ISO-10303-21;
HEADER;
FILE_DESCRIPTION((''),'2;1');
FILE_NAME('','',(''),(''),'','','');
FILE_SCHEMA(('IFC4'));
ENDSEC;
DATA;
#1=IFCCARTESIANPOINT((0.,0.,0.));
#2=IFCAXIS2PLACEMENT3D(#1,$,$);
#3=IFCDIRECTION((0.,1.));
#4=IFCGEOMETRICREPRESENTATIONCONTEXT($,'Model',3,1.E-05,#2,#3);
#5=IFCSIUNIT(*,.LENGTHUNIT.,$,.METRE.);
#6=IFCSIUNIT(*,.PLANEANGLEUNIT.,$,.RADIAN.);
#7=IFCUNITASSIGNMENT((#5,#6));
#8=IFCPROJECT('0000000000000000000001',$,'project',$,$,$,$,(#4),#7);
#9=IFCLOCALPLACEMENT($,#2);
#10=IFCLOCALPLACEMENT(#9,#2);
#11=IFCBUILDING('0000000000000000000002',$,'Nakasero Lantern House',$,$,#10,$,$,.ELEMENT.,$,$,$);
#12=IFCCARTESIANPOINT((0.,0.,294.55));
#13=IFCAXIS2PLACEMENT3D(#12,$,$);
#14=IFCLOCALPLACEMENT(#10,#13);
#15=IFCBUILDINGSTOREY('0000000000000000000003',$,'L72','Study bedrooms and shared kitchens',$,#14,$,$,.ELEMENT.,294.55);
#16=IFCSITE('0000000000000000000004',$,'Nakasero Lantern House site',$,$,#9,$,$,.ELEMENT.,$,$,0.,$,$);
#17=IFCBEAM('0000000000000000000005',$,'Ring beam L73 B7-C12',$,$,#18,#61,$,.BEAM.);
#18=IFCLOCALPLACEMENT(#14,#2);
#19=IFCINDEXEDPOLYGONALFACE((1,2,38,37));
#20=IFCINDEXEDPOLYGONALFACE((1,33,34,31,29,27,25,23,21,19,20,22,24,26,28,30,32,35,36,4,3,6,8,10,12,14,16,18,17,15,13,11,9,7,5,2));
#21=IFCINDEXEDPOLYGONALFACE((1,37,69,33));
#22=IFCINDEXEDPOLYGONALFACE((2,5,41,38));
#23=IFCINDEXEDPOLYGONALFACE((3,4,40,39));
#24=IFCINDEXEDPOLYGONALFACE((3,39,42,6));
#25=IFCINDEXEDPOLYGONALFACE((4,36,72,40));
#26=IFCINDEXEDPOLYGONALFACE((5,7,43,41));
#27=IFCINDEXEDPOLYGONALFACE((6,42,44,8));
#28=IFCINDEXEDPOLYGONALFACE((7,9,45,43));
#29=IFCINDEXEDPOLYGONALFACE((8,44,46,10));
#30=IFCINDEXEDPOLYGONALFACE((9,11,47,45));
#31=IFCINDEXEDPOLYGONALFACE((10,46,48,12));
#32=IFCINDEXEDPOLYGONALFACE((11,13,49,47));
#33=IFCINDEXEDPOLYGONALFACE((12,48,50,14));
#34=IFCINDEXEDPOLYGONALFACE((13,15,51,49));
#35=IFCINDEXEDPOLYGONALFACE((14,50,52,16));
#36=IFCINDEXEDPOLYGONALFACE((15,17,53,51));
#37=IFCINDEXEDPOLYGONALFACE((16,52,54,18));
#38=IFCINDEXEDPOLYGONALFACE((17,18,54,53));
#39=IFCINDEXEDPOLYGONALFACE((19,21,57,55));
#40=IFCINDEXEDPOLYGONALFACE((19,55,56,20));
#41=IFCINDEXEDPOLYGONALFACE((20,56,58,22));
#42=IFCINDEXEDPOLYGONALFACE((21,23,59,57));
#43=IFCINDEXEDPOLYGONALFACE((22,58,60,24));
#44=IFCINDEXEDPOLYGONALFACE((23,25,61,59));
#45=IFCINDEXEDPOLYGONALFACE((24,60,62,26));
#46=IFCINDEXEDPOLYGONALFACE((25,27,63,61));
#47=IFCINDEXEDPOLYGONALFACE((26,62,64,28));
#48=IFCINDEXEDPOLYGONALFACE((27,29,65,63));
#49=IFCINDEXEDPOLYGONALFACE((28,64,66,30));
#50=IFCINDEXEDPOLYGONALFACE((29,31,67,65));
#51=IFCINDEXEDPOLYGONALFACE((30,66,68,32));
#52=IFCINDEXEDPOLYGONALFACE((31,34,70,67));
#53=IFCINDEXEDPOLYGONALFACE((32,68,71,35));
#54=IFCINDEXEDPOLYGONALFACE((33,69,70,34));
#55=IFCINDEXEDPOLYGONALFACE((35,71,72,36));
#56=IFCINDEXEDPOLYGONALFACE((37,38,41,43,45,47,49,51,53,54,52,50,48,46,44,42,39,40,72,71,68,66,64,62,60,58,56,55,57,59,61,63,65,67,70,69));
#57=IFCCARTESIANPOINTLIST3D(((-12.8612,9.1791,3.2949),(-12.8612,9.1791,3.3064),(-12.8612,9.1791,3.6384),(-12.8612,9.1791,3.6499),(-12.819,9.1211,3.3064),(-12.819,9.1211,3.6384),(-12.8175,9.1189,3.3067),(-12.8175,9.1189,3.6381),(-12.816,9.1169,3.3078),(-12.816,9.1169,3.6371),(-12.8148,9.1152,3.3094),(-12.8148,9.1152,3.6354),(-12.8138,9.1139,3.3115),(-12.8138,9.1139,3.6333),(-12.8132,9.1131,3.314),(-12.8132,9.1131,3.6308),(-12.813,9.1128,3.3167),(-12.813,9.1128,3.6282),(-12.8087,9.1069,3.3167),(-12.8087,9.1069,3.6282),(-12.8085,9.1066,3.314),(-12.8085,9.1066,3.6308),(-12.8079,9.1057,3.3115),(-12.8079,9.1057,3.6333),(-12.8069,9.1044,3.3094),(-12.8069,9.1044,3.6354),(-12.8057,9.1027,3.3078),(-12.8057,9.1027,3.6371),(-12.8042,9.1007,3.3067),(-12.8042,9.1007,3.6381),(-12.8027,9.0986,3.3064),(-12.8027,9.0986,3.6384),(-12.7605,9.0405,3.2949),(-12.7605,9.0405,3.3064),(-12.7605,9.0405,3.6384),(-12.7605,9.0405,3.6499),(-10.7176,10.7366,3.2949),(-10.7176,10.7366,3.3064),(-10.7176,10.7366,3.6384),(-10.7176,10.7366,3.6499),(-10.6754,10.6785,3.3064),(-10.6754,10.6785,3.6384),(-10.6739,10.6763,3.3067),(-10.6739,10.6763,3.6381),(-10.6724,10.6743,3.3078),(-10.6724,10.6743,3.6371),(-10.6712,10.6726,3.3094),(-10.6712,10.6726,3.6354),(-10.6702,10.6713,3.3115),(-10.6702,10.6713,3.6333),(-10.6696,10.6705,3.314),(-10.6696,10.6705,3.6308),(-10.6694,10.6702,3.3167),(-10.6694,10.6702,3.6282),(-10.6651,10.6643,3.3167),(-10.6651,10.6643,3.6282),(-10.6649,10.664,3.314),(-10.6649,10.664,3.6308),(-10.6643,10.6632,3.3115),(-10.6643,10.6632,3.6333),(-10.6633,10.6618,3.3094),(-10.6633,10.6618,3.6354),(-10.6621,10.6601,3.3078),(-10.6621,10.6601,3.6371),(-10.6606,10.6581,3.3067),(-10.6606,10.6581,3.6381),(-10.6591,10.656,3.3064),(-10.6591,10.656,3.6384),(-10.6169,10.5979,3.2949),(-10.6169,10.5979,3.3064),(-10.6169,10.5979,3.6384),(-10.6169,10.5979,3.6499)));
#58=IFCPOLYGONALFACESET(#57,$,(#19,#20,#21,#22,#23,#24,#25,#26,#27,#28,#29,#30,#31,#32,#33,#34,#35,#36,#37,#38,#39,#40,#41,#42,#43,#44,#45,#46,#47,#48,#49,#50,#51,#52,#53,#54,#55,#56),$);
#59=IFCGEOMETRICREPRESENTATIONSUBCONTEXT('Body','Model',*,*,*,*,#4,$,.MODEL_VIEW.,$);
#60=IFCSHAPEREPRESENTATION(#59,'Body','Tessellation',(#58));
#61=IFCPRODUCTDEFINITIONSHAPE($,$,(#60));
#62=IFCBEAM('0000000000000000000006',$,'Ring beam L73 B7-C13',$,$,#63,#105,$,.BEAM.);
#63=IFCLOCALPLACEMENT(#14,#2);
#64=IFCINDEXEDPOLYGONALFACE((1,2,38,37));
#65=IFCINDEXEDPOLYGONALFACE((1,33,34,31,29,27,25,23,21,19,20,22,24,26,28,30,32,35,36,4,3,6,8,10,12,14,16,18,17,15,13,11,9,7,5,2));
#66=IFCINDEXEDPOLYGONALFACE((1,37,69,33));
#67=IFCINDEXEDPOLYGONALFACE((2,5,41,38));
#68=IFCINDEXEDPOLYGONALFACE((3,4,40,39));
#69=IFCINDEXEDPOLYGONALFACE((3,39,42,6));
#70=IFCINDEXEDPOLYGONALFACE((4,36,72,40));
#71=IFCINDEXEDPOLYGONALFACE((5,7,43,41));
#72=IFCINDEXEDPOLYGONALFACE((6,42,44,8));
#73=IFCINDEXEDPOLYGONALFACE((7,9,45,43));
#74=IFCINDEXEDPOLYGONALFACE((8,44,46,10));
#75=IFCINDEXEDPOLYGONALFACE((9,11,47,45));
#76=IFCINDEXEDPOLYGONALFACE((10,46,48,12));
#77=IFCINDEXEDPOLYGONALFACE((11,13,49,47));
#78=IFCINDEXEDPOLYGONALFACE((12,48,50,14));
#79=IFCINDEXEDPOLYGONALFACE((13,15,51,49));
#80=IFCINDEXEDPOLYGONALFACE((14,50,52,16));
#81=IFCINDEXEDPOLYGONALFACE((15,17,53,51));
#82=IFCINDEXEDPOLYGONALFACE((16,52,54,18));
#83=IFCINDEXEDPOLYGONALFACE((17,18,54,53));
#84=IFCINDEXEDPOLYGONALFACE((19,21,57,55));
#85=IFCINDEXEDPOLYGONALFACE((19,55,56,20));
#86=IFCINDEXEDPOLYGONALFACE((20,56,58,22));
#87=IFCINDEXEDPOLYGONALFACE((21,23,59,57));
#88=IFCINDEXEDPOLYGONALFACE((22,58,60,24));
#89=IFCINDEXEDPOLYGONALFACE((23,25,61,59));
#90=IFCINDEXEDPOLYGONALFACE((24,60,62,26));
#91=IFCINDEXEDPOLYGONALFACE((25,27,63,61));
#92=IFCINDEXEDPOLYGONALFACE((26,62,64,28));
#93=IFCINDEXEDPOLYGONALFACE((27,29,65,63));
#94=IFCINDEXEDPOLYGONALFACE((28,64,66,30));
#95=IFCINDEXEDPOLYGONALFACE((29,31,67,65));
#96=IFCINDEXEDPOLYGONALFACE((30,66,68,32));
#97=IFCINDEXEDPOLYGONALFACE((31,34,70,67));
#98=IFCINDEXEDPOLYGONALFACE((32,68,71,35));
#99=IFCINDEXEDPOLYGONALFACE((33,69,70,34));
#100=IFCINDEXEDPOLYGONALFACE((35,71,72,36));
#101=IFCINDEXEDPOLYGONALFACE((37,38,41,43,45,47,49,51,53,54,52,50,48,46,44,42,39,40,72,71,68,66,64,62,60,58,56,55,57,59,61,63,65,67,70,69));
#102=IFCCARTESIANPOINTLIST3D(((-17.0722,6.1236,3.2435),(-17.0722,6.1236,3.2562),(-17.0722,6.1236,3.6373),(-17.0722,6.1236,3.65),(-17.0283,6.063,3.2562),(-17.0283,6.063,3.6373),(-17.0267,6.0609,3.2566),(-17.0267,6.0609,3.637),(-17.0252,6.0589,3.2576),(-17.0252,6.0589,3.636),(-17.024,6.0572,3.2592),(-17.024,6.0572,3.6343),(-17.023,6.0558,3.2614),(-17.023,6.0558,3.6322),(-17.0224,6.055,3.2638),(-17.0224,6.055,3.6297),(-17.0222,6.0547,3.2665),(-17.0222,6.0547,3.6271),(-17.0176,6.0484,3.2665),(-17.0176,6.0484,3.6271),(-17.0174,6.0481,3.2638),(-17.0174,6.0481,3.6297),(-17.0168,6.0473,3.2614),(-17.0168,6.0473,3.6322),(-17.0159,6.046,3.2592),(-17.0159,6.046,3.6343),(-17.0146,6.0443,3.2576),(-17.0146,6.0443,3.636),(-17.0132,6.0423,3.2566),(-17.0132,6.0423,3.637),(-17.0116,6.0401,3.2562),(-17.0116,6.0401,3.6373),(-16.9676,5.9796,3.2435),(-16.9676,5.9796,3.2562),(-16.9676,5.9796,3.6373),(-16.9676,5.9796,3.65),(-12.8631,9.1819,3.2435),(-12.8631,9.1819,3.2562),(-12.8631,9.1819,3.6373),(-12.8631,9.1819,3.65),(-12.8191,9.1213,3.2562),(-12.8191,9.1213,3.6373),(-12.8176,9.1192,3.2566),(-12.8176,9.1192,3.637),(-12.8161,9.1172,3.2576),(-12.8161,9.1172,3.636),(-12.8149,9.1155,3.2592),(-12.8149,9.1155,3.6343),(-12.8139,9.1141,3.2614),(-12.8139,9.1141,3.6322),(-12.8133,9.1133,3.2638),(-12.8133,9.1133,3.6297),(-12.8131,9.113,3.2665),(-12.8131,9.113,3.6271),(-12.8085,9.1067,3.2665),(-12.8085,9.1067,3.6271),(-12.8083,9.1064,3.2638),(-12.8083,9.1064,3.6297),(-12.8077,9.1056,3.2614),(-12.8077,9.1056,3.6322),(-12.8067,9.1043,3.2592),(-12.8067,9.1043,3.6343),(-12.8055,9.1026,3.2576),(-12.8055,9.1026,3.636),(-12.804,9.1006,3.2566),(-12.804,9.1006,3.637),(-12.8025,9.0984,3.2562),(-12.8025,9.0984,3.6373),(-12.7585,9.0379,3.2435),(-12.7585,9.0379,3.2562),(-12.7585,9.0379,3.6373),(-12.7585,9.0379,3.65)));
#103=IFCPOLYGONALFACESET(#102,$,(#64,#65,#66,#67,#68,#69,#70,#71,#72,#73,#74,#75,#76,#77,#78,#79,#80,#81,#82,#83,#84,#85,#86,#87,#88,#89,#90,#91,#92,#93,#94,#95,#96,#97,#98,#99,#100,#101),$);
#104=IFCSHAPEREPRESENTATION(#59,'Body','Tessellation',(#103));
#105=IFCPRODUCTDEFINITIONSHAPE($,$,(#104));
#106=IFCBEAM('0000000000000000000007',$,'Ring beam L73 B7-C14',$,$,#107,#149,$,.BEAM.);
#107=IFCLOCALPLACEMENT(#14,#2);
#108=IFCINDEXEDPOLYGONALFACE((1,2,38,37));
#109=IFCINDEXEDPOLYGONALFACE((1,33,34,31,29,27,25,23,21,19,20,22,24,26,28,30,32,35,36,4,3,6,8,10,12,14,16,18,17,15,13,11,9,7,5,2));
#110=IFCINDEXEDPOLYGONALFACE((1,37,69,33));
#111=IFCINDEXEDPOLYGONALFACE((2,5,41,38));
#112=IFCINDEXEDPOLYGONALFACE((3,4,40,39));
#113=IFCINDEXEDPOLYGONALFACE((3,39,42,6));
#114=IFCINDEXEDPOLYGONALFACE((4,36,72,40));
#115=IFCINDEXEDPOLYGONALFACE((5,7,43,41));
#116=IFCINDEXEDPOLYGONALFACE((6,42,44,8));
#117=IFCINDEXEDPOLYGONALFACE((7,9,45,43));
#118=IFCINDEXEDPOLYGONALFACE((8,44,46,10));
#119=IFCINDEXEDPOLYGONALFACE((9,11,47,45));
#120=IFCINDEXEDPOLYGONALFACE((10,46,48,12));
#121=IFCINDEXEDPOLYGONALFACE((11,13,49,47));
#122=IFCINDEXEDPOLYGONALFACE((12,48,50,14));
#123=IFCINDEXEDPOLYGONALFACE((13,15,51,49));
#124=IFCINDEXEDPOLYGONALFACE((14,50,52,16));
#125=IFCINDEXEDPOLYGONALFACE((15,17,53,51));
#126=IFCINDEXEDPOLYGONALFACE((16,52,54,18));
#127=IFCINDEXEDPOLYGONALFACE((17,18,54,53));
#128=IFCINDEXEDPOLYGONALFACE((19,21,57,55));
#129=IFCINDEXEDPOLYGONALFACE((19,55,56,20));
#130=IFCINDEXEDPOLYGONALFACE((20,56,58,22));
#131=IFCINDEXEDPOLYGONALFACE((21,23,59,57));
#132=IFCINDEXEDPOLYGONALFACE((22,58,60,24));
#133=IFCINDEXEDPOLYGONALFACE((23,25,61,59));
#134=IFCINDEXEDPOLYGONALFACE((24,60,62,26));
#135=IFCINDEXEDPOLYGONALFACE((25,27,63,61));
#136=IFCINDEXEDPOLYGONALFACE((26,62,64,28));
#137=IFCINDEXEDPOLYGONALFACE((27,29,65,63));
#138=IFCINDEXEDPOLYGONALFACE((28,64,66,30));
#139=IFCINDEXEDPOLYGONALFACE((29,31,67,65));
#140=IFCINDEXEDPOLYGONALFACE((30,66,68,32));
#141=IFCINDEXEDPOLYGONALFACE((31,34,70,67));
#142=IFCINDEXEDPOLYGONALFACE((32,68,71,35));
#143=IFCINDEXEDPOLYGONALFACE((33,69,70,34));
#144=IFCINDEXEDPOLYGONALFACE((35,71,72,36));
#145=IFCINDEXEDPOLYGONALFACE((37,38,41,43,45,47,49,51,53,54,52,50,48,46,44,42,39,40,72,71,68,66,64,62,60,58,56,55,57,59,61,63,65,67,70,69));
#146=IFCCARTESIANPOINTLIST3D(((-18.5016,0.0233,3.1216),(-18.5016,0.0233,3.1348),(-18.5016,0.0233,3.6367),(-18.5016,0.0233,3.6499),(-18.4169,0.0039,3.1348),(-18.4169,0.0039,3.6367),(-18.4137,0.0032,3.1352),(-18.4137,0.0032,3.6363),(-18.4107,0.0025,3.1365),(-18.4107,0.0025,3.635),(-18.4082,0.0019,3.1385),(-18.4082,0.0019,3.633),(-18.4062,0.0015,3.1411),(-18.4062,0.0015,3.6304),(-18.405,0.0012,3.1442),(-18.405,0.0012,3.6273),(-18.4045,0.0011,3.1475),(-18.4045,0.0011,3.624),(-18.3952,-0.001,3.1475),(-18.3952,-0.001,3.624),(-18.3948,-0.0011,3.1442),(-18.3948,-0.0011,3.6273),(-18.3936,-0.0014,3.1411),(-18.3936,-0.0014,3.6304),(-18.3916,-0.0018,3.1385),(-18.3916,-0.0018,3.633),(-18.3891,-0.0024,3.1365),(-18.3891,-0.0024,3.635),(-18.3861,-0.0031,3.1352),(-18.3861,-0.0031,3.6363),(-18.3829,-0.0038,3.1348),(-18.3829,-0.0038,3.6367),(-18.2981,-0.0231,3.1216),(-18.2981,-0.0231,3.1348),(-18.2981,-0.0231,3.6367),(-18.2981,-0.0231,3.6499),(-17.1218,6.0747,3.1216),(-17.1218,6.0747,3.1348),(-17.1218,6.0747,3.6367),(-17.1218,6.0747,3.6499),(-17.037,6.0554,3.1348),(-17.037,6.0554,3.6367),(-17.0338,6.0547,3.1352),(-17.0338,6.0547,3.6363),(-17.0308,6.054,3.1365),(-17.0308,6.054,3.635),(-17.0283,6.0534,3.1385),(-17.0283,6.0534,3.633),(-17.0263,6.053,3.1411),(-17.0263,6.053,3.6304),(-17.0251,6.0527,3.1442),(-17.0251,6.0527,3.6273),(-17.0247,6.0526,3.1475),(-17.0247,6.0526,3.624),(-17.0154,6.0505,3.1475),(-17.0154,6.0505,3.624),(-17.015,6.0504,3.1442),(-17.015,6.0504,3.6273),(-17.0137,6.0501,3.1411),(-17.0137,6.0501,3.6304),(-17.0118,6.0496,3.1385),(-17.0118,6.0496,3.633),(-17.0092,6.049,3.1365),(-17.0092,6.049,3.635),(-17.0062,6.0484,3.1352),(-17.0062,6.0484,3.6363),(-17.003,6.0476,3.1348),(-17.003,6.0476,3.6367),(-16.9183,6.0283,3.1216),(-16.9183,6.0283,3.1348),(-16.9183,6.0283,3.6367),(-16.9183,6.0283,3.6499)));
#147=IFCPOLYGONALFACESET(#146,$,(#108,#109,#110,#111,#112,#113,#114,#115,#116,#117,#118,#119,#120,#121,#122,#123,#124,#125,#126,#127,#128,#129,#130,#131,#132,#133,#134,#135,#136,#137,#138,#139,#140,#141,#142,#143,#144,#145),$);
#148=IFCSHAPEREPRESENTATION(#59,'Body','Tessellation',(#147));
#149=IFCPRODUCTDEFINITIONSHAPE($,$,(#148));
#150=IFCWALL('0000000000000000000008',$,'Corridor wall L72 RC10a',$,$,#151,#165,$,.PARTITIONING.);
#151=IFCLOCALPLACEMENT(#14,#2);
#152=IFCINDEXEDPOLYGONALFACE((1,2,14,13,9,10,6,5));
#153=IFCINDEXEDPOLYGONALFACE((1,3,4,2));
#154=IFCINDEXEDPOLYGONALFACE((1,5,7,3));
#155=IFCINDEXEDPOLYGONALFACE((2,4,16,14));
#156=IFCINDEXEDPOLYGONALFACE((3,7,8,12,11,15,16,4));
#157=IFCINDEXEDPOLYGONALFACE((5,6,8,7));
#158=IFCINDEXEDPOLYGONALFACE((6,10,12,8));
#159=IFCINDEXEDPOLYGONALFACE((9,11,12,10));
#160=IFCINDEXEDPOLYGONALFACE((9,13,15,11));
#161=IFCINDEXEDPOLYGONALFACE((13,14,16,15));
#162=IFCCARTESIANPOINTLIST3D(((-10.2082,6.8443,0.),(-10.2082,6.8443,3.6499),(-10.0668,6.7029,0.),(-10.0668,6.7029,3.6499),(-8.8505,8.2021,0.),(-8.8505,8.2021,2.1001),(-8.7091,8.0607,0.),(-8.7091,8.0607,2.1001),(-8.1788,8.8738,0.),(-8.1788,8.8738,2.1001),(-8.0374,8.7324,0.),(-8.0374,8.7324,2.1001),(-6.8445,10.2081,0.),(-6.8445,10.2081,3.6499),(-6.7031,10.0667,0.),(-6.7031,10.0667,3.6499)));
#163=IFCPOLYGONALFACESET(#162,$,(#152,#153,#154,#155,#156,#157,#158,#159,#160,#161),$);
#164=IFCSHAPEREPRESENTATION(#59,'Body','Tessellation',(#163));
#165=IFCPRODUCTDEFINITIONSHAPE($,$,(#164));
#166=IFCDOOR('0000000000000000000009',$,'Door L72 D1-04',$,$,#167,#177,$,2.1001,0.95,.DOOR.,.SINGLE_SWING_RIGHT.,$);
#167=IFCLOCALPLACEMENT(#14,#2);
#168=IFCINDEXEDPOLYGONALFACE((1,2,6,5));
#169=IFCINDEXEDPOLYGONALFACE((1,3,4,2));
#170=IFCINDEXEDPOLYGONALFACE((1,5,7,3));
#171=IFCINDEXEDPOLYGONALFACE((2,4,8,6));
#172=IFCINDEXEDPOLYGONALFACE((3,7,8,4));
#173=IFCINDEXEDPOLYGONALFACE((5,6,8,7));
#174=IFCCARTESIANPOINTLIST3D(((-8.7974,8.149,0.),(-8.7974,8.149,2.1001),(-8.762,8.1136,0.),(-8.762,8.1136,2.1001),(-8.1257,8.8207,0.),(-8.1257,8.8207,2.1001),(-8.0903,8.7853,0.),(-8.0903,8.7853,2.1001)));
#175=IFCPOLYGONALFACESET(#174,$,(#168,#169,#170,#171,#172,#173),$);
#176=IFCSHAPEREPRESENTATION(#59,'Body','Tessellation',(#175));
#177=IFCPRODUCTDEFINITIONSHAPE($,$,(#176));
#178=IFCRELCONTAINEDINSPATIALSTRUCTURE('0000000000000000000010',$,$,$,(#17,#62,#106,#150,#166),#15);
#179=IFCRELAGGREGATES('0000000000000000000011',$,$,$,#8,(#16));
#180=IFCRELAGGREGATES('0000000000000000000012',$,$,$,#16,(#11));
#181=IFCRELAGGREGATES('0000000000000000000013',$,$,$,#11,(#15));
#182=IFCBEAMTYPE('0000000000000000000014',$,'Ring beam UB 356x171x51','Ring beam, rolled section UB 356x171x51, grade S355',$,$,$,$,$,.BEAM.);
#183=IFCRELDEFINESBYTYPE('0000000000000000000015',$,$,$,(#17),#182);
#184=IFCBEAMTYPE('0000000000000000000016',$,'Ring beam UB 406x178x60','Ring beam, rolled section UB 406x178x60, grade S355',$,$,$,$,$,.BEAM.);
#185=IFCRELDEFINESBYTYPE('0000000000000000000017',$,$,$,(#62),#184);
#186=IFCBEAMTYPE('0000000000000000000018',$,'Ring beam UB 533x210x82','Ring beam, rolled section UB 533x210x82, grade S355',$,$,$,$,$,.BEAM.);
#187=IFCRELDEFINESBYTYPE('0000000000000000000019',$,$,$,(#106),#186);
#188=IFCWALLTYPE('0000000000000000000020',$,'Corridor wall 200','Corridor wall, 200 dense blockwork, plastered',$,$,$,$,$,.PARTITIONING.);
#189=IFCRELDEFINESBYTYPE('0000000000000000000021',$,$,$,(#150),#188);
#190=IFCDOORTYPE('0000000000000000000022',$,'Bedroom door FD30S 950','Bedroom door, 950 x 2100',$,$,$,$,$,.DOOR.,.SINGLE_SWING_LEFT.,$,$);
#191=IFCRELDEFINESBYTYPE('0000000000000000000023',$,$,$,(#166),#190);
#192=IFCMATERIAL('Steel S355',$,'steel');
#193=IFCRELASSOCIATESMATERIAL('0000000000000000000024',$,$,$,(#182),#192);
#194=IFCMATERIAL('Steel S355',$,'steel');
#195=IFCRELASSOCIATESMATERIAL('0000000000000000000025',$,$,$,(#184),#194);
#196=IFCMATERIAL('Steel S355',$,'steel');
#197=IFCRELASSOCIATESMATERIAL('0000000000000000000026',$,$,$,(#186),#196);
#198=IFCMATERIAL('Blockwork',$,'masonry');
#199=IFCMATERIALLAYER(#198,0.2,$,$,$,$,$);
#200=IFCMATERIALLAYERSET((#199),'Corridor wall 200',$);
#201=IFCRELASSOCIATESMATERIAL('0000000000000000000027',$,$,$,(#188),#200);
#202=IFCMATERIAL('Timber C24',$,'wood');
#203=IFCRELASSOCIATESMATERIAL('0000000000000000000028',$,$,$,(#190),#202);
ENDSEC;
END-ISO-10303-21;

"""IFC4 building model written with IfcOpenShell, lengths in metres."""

from ifc_helpers import new_model, si_unit, direction, frame, frame_2d, origin, origin_2d, place, context, subcontext, project, spatial, rectangle, i_section, extrude, material, layer, layer_set, material_profile, profile_set, type_object, element, fill, save


model = new_model("IFC4")

# Units and contexts
model_context = context("Model", 3, precision=1e-05, world=origin(), true_north=direction((0.0, 1.0)))
body_context = subcontext(model_context, "Body", "Model", "MODEL_VIEW")
ifc_project = project(units=[si_unit("LENGTHUNIT", "METRE"), si_unit("PLANEANGLEUNIT", "RADIAN")], contexts=[model_context])

# Site, building, storey
site_placement = place(None, origin())
site = spatial("IfcSite", under=ifc_project, at=site_placement, Name="Nakasero Lantern House site", CompositionType="ELEMENT", RefElevation=0.0)
building_placement = place(site_placement, origin())
building = spatial("IfcBuilding", under=site, at=building_placement, Name="Nakasero Lantern House", CompositionType="ELEMENT")
storey_placement = place(building_placement, frame((0.0, 0.0, 294.55)))
storey = spatial("IfcBuildingStorey", under=building, at=storey_placement, Name="L72", Description="Study bedrooms and shared kitchens", CompositionType="ELEMENT", Elevation=294.55)

# Beams
ifc_material_1 = material(Name="Steel S355", Category="steel")
ifc_material_profile_1 = material_profile(ifc_material_1, i_section(OverallWidth=0.1714, OverallDepth=0.355, WebThickness=0.0073, FlangeThickness=0.0115, FilletRadius=0.0103, at=origin_2d()), Name="UB 356x171x51")
ifc_profile_set_1 = profile_set([ifc_material_profile_1], Name="Steel S355")
beam_type_1 = type_object("IfcBeamType", Name="Ring beam UB 356x171x51", Description="Ring beam, rolled section UB 356x171x51, grade S355", PredefinedType="BEAM", material=ifc_profile_set_1)
beam_1_placement = place(storey_placement, frame((-10.6672, 10.6672, 3.4724), z_axis=(-0.809019, -0.587783, 0.0), x_axis=(0.587783, -0.809019, 0.0)))
element("IfcBeam", 1, at=beam_1_placement, inside=storey, type_object=beam_type_1, Name="Ring beam L73 B7-C12", PredefinedType="BEAM", context=body_context, shape_type="SweptSolid", body=[
    extrude(i_section(OverallWidth=0.1714, OverallDepth=0.355, WebThickness=0.0073, FlangeThickness=0.0115, FilletRadius=0.0103, at=origin_2d()), origin(), (0.0, 0.0, 1.0), 2.6497),
])
ifc_material_2 = material(Name="Steel S355", Category="steel")
ifc_material_profile_2 = material_profile(ifc_material_2, i_section(OverallWidth=0.178, OverallDepth=0.4065, WebThickness=0.0078, FlangeThickness=0.0127, FilletRadius=0.0103, at=origin_2d()), Name="UB 406x178x60")
ifc_profile_set_2 = profile_set([ifc_material_profile_2], Name="Steel S355")
beam_type_2 = type_object("IfcBeamType", Name="Ring beam UB 406x178x60", Description="Ring beam, rolled section UB 406x178x60, grade S355", PredefinedType="BEAM", material=ifc_profile_set_2)
beam_2_placement = place(storey_placement, frame((-12.8108, 9.1099, 3.4468), z_axis=(-0.809002, -0.587806, 0.0), x_axis=(0.587806, -0.809002, 0.0)))
element("IfcBeam", 2, at=beam_2_placement, inside=storey, type_object=beam_type_2, Name="Ring beam L73 B7-C13", PredefinedType="BEAM", context=body_context, shape_type="SweptSolid", body=[
    extrude(i_section(OverallWidth=0.178, OverallDepth=0.4065, WebThickness=0.0078, FlangeThickness=0.0127, FilletRadius=0.0103, at=origin_2d()), origin(), (0.0, 0.0, 1.0), 5.2029),
])
ifc_material_3 = material(Name="Steel S355", Category="steel")
ifc_material_profile_3 = material_profile(ifc_material_3, i_section(OverallWidth=0.2087, OverallDepth=0.5283, WebThickness=0.0095, FlangeThickness=0.0132, FilletRadius=0.0127, at=origin_2d()), Name="UB 533x210x82")
ifc_profile_set_3 = profile_set([ifc_material_profile_3], Name="Steel S355")
beam_type_3 = type_object("IfcBeamType", Name="Ring beam UB 533x210x82", Description="Ring beam, rolled section UB 533x210x82, grade S355", PredefinedType="BEAM", material=ifc_profile_set_3)
beam_3_placement = place(storey_placement, frame((-17.02, 6.0515, 3.3857), z_axis=(-0.222316, -0.974975, 0.0), x_axis=(0.974975, -0.222316, 0.0)))
element("IfcBeam", 3, at=beam_3_placement, inside=storey, type_object=beam_type_3, Name="Ring beam L73 B7-C14", PredefinedType="BEAM", context=body_context, shape_type="SweptSolid", body=[
    extrude(i_section(OverallWidth=0.2087, OverallDepth=0.5283, WebThickness=0.0095, FlangeThickness=0.0132, FilletRadius=0.0127, at=origin_2d()), origin(), (0.0, 0.0, 1.0), 6.2068),
])

# Wall, opening, door
ifc_material_4 = material(Name="Blockwork", Category="masonry")
ifc_layer_1 = layer(ifc_material_4, 0.2)
ifc_layer_set_1 = layer_set([ifc_layer_1], Name="Corridor wall 200")
wall_type_1 = type_object("IfcWallType", Name="Corridor wall 200", Description="Corridor wall, 200 dense blockwork, plastered", PredefinedType="PARTITIONING", material=ifc_layer_set_1)
wall_1_placement = place(storey_placement, frame((-10.1375, 6.7737, 0.0), z_axis=(0.0, 0.0, 1.0), x_axis=(0.707107, 0.707107, 0.0)))
wall_1 = element("IfcWall", 4, at=wall_1_placement, inside=storey, type_object=wall_type_1, Name="Corridor wall L72 RC10a", PredefinedType="PARTITIONING", context=body_context, shape_type="SweptSolid", body=[
    extrude(rectangle(XDim=4.7571, YDim=0.2, at=frame_2d((2.3784, 0.0))), origin(), (0.0, 0.0, 1.0), 3.6499),
])
opening_1_placement = place(wall_1_placement, frame((1.9199, 0.0, 0.0)))
opening_1 = element("IfcOpeningElement", 5, at=opening_1_placement, cuts=wall_1, PredefinedType="OPENING", context=body_context, shape_type="SweptSolid", body=[
    extrude(rectangle(XDim=0.95, YDim=2.1001, at=frame_2d((0.4751, 1.05))), frame((0.0, 0.1199, 0.0), z_axis=(0.0, -1.0, 0.0), x_axis=(1.0, 0.0, 0.0)), (0.0, 0.0, 1.0), 0.24),
])
ifc_material_5 = material(Name="Timber C24", Category="wood")
door_type_1 = type_object("IfcDoorType", Name="Bedroom door FD30S 950", Description="Bedroom door, 950 x 2100", OperationType="SINGLE_SWING_LEFT", PredefinedType="DOOR", material=ifc_material_5)
door_1_placement = place(opening_1_placement, origin())
door_1 = element("IfcDoor", 6, at=door_1_placement, inside=storey, type_object=door_type_1, Name="Door L72 D1-04", OperationType="SINGLE_SWING_RIGHT", OverallHeight=2.1001, OverallWidth=0.95, PredefinedType="DOOR", context=body_context, shape_type="SweptSolid", body=[
    extrude(rectangle(XDim=0.95, YDim=2.1001, at=frame_2d((0.4751, 1.05))), frame((0.0, 0.0249, 0.0), z_axis=(0.0, -1.0, 0.0), x_axis=(1.0, 0.0, 0.0)), (0.0, 0.0, 1.0), 0.05),
])
fill(opening_1, door_1)

save(model, "model.ifc")
